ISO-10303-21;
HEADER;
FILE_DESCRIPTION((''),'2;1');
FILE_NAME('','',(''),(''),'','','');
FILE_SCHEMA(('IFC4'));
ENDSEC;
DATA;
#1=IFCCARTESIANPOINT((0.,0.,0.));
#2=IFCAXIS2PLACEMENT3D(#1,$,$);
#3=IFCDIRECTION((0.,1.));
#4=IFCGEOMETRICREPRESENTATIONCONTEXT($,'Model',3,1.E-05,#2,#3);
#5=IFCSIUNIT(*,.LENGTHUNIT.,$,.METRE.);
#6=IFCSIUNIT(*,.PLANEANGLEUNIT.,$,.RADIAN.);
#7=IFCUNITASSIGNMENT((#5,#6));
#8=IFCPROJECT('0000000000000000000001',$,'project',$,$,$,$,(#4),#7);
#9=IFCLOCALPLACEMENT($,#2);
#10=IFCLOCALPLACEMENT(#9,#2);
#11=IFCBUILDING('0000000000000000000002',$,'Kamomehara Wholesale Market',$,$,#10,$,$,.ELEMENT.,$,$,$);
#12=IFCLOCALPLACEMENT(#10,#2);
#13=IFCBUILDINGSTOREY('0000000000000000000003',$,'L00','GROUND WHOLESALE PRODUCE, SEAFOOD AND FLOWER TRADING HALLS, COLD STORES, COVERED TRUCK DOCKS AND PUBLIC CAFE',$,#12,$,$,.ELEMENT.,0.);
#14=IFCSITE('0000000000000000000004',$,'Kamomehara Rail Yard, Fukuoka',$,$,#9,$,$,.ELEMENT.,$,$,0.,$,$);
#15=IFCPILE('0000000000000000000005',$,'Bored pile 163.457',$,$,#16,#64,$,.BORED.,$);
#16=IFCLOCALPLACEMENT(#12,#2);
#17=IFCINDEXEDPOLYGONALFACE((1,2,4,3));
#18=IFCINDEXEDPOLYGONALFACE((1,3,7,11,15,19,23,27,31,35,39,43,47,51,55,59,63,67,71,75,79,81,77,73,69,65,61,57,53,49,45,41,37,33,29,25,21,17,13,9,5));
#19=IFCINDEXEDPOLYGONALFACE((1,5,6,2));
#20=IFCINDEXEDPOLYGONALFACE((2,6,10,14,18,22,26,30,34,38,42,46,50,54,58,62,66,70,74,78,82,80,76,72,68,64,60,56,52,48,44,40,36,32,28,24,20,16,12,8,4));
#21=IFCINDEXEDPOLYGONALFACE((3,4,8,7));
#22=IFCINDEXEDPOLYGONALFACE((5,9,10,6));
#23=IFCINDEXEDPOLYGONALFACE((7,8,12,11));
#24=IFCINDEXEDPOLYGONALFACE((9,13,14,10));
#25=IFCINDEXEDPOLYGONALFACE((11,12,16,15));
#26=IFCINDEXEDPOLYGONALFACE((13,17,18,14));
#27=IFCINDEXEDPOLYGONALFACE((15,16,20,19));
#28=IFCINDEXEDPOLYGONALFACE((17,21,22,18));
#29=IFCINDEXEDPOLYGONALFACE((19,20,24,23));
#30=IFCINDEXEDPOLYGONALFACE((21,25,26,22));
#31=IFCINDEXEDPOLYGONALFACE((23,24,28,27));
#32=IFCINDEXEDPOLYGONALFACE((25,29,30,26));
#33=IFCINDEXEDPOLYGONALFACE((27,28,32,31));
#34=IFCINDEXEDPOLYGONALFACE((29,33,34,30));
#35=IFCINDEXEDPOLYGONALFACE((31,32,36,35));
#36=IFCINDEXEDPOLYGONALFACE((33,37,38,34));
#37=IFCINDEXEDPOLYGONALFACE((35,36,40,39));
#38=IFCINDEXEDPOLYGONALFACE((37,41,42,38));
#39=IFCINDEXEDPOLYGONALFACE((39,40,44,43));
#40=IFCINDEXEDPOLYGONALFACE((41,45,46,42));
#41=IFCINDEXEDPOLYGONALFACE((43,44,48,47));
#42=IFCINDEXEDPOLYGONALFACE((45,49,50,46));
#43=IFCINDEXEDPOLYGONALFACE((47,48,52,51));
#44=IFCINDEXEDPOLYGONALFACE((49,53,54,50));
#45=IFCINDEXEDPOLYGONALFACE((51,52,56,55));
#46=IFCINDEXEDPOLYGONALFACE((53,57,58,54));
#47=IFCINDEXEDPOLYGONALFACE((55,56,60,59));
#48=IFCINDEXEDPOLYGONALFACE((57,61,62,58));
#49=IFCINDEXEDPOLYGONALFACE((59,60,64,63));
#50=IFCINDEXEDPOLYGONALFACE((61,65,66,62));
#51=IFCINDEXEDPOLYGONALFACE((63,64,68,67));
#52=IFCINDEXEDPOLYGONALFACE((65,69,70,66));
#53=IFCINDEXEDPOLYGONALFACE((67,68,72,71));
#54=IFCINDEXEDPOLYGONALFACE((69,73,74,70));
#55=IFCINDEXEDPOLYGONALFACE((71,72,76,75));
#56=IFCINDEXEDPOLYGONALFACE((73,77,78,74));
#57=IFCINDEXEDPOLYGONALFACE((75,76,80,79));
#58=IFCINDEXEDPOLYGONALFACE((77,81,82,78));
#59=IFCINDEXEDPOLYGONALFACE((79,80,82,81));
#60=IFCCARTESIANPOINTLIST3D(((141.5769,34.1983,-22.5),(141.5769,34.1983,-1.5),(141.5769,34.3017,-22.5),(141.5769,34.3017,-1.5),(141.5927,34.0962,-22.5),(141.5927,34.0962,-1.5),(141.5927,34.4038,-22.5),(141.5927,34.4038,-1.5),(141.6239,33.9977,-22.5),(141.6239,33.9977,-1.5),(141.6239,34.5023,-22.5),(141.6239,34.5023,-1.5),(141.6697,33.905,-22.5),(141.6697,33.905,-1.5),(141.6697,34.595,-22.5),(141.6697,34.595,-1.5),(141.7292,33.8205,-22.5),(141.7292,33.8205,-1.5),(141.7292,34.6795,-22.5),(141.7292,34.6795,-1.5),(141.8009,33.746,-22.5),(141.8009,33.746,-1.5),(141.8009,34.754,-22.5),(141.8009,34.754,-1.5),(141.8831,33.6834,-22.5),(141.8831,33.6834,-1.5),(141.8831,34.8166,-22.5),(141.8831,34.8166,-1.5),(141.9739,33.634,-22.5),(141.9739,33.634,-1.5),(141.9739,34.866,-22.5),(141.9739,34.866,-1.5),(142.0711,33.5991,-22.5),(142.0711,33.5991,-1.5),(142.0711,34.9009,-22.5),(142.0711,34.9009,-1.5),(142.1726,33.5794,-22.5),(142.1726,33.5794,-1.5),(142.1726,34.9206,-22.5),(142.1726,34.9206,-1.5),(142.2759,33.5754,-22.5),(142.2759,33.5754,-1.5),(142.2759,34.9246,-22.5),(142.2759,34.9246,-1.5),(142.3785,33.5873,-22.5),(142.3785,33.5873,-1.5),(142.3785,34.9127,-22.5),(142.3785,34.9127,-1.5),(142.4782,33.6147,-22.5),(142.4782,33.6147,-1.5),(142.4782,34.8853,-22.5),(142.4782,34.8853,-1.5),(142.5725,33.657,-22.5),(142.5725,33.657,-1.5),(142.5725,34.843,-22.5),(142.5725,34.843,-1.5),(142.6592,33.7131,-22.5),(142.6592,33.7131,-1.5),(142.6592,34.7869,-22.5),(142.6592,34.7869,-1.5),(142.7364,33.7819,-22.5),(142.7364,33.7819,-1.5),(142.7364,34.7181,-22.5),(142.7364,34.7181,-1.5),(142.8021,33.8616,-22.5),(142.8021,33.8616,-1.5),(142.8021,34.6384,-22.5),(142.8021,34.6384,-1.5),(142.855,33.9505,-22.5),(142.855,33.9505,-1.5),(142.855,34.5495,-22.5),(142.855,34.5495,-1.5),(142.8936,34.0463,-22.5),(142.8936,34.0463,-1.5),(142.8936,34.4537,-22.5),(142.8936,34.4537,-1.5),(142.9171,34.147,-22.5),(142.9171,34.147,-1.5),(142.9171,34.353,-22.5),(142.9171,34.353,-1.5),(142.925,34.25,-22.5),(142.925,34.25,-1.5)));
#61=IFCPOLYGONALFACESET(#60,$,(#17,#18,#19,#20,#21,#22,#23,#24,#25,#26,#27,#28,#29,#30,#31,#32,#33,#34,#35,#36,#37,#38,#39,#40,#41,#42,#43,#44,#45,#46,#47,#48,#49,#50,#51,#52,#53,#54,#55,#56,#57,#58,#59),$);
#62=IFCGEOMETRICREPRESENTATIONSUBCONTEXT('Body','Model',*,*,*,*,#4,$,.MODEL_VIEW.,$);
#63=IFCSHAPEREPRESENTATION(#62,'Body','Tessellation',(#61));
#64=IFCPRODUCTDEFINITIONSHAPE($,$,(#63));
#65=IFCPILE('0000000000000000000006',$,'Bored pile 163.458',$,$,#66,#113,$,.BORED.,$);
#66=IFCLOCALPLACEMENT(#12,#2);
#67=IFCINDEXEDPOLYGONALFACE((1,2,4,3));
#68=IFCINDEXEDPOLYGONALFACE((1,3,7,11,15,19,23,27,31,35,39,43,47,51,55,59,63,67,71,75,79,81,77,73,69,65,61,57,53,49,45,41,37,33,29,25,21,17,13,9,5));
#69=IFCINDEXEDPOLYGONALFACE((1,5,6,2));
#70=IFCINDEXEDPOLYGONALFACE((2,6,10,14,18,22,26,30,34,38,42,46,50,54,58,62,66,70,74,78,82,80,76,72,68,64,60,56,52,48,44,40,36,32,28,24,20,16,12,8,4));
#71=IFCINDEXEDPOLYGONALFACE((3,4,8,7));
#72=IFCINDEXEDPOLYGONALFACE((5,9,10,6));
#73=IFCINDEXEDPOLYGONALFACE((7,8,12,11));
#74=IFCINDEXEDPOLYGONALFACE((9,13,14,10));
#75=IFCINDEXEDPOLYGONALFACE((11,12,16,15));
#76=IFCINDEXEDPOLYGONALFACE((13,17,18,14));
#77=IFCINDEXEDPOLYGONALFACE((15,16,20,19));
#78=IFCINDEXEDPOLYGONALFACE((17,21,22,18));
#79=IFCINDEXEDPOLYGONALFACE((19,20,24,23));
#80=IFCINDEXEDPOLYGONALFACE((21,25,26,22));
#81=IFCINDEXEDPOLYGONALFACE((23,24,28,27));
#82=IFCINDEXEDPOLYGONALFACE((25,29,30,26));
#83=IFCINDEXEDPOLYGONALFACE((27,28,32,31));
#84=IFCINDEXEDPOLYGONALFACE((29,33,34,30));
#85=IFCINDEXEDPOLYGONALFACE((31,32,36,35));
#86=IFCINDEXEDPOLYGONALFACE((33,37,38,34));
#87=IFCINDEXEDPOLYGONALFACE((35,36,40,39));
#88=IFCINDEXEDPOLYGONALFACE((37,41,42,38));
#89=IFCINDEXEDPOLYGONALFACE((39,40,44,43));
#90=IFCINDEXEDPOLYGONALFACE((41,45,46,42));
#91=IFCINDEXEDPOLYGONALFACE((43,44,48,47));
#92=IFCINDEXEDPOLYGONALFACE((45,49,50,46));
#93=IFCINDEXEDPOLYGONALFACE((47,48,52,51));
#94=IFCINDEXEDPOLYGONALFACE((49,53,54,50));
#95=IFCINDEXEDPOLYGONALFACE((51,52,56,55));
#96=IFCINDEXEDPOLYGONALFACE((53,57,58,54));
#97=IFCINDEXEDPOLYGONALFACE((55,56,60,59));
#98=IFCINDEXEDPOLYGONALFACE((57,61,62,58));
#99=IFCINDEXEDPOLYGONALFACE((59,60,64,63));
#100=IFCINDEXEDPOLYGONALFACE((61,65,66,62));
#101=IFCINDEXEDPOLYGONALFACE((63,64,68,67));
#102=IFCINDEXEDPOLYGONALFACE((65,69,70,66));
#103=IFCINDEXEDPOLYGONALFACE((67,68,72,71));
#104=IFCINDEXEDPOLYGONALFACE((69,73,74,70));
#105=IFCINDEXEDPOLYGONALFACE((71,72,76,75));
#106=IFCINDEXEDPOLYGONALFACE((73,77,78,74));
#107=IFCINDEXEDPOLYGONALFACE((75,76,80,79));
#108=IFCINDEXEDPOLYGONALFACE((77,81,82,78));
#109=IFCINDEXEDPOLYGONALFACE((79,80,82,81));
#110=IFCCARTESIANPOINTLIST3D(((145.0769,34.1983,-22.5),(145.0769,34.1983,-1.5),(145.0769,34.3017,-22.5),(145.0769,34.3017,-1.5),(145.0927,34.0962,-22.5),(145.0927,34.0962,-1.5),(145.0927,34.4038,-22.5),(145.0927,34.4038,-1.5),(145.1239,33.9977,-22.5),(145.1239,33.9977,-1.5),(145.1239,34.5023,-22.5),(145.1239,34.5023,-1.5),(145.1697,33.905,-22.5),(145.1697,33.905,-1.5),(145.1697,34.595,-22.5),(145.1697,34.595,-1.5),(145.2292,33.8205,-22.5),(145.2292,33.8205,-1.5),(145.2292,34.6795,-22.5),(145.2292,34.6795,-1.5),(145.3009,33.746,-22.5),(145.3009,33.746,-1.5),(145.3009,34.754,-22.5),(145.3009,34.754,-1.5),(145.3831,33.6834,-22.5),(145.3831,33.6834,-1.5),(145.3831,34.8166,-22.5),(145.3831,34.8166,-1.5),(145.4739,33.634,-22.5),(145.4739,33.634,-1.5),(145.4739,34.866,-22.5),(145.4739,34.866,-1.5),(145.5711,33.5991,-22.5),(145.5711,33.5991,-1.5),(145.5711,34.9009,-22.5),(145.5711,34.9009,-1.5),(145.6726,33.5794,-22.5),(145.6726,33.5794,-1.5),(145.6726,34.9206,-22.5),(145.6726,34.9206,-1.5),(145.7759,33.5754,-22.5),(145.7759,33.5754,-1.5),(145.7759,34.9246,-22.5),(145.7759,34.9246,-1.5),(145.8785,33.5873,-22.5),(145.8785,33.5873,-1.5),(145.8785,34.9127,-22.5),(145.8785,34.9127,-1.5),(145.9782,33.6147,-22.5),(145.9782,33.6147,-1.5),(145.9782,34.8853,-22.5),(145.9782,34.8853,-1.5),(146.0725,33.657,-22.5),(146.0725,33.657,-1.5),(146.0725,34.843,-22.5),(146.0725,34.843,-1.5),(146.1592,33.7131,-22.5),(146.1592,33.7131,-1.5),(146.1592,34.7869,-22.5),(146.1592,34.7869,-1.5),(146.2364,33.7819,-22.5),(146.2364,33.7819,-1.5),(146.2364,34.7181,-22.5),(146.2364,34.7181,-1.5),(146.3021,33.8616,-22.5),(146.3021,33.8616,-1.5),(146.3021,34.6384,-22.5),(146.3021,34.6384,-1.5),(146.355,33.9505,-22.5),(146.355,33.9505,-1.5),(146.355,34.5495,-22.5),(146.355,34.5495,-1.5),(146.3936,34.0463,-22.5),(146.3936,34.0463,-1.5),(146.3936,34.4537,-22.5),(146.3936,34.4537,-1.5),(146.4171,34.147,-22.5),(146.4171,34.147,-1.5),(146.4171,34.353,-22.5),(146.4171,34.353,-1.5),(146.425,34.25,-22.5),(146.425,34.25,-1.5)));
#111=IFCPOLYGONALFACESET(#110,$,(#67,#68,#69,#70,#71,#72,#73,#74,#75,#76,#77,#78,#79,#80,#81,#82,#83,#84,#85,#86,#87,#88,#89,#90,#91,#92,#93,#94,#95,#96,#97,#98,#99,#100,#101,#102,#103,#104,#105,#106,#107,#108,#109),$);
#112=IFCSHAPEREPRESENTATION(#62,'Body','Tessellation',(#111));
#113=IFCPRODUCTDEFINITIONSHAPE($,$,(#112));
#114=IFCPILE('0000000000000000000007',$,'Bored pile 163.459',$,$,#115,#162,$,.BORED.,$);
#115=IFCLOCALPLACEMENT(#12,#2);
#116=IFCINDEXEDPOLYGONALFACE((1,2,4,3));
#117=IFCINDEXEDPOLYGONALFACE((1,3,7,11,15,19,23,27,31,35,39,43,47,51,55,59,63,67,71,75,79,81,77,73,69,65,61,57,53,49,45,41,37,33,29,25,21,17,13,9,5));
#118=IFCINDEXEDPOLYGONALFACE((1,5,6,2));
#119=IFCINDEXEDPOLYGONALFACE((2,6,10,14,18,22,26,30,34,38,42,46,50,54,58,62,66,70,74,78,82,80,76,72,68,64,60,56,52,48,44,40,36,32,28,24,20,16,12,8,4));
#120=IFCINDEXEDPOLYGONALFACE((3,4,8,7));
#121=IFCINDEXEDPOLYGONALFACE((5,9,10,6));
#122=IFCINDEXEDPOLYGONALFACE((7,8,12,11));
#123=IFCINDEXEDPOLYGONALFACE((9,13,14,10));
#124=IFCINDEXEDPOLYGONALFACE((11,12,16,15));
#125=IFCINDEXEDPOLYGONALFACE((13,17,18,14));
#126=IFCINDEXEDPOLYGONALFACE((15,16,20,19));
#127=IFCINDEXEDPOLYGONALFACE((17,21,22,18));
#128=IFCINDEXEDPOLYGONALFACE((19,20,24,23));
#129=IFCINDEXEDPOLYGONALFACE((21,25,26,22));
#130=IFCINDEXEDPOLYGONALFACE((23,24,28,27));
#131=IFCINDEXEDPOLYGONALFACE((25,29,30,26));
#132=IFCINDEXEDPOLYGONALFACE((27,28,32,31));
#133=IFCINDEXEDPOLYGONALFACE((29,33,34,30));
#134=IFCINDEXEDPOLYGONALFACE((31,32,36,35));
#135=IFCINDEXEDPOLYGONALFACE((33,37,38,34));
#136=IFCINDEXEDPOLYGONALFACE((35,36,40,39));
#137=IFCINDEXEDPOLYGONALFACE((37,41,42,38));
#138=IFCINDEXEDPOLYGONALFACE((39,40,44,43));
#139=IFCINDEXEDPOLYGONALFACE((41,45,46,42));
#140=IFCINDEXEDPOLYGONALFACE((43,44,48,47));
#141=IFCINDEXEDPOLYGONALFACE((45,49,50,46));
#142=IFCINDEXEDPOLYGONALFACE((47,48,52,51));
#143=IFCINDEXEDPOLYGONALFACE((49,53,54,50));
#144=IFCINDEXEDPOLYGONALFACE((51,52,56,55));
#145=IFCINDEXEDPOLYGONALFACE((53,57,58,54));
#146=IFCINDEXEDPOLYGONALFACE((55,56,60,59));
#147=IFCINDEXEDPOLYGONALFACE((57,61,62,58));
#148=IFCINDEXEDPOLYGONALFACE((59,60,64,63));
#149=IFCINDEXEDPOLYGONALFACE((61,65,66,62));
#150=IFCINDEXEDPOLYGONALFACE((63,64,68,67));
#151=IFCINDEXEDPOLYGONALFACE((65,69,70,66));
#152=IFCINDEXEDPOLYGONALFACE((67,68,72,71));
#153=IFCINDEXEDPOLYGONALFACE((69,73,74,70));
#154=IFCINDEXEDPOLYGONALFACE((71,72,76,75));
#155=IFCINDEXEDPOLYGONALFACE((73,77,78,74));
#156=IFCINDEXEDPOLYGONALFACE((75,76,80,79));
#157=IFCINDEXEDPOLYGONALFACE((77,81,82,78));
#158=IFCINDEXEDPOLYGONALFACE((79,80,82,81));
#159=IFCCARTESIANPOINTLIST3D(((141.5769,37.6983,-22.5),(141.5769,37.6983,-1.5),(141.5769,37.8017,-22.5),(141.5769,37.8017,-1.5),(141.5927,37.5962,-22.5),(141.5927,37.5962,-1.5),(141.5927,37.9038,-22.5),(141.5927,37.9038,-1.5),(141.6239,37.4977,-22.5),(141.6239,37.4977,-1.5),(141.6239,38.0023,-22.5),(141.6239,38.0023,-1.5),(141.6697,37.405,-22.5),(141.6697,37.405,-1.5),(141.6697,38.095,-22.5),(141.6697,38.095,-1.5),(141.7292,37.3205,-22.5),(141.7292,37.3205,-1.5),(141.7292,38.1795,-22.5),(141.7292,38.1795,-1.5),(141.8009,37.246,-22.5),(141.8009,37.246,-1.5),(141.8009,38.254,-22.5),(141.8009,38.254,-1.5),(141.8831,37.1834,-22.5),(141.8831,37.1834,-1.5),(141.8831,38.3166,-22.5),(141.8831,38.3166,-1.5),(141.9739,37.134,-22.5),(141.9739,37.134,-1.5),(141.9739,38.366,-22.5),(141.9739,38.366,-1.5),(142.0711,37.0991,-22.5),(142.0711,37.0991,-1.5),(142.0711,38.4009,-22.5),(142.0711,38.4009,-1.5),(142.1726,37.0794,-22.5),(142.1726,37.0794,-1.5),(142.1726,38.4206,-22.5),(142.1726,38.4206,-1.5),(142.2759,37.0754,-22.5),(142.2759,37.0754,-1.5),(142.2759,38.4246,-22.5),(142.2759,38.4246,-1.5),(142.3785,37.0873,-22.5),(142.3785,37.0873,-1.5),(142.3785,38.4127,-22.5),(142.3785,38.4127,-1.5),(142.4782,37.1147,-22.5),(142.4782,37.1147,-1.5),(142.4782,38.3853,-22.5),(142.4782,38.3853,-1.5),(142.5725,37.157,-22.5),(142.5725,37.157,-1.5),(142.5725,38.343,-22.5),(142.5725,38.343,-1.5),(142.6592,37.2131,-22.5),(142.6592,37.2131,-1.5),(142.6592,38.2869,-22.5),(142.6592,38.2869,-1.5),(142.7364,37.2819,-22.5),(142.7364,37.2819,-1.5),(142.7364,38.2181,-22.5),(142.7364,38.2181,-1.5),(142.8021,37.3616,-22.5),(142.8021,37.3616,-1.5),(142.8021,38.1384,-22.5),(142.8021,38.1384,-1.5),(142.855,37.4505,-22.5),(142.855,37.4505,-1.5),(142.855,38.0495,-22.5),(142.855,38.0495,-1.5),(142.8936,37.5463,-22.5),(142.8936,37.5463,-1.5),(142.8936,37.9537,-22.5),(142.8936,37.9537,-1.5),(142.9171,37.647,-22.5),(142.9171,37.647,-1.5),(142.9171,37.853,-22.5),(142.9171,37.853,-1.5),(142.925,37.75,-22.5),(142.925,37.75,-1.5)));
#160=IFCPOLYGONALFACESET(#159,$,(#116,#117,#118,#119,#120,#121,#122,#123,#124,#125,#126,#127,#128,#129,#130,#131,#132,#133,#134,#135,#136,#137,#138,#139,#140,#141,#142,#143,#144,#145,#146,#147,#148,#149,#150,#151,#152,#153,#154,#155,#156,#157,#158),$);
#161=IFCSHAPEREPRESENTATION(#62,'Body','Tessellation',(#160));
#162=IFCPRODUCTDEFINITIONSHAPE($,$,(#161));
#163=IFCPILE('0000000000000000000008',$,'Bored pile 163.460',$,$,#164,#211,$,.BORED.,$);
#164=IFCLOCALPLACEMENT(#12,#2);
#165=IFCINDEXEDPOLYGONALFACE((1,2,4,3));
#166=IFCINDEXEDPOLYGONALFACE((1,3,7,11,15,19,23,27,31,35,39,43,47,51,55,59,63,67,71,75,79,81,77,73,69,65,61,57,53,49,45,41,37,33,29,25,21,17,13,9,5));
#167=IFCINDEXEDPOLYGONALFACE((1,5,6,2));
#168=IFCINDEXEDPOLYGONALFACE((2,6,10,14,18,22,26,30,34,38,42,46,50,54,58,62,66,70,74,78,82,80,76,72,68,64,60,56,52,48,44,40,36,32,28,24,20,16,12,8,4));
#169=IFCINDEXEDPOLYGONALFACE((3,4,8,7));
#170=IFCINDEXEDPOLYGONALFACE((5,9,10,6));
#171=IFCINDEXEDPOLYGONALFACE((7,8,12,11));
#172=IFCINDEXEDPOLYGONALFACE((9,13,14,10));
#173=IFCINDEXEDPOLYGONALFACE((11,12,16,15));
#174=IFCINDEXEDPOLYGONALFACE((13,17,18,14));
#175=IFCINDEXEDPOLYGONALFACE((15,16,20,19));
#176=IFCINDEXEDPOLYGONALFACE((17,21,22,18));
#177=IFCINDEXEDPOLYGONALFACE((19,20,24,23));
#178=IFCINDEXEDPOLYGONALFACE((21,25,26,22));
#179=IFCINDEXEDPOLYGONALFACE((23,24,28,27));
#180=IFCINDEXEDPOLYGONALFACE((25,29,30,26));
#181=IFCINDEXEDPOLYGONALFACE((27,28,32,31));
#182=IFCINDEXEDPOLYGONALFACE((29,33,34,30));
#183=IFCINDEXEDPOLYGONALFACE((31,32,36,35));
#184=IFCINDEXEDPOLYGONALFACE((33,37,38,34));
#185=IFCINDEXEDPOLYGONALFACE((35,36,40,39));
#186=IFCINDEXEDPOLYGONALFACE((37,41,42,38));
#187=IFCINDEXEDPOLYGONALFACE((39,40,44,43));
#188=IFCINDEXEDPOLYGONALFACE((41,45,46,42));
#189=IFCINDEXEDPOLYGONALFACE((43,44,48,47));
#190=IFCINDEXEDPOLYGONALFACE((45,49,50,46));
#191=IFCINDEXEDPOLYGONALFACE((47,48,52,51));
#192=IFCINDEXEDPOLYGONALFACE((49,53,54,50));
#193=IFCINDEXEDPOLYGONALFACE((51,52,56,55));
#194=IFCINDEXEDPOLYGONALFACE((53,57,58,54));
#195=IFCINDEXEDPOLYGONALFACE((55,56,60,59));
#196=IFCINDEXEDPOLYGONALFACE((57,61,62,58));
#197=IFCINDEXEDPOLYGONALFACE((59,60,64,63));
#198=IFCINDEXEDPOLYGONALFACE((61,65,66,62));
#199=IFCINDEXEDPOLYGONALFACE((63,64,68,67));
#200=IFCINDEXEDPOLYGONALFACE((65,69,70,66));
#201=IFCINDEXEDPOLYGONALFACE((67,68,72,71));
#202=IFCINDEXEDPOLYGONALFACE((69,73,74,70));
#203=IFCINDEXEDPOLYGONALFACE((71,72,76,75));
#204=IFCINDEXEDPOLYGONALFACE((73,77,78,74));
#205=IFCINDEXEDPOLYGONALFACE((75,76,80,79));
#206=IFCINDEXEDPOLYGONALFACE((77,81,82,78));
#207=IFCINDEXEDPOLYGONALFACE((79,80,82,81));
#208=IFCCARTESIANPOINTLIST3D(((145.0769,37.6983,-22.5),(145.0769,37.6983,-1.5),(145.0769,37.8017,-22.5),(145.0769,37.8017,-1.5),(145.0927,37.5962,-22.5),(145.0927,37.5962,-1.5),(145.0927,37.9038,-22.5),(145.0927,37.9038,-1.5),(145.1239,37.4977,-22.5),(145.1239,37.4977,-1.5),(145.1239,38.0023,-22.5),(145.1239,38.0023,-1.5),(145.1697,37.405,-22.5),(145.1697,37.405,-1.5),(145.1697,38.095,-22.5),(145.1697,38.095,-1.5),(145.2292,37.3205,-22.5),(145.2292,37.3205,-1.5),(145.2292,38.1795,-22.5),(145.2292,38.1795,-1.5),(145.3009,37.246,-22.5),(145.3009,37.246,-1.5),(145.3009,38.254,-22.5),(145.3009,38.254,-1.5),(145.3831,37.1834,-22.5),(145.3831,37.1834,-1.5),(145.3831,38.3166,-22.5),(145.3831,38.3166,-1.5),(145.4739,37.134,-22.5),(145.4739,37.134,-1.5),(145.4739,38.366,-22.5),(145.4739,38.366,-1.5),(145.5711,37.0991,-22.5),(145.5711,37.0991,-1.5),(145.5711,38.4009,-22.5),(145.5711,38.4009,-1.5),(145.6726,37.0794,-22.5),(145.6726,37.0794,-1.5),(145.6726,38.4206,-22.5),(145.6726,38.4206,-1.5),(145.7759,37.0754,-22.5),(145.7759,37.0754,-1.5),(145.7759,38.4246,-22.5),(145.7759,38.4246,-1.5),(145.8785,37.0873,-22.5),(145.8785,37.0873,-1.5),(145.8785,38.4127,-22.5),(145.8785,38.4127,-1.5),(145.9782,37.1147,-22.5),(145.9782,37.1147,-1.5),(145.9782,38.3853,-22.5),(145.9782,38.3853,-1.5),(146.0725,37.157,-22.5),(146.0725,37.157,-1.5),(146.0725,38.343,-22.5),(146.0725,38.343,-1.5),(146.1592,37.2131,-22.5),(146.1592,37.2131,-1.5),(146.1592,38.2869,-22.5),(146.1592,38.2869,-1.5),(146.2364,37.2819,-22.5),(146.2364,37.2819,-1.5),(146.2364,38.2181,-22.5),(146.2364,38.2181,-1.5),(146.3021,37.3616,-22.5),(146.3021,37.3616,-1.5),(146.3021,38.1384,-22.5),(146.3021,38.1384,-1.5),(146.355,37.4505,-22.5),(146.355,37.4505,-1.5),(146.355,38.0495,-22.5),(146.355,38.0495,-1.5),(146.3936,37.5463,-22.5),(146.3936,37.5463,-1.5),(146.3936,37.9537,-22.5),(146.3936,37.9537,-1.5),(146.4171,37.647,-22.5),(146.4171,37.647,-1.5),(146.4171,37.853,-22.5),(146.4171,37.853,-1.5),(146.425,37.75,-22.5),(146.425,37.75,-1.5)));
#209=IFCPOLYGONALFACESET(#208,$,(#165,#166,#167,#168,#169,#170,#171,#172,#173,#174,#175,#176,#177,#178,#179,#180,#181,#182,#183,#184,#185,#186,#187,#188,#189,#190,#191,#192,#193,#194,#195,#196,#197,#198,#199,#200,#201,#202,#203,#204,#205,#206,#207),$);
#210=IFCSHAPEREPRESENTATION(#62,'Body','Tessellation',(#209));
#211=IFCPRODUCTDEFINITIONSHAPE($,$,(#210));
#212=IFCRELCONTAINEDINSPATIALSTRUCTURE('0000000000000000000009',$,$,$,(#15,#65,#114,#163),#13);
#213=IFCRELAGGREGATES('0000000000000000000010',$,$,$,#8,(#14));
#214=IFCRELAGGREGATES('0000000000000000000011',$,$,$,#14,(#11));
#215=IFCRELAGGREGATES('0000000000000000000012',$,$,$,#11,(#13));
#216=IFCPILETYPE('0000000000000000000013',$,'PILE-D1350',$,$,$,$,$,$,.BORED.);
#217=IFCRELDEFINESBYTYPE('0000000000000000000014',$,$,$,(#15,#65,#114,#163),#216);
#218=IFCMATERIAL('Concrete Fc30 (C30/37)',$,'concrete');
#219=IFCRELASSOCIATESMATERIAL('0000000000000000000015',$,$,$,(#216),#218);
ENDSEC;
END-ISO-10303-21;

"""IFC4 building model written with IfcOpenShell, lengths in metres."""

from ifc_helpers import new_model, si_unit, direction, frame, origin, origin_2d, place, context, subcontext, project, spatial, circle, extrude, material, material_profile, profile_set, type_object, element, save


model = new_model("IFC4")

# Units and contexts
model_context = context("Model", 3, precision=1e-05, world=origin(), true_north=direction((0.0, 1.0)))
body_context = subcontext(model_context, "Body", "Model", "MODEL_VIEW")
ifc_project = project(units=[si_unit("LENGTHUNIT", "METRE"), si_unit("PLANEANGLEUNIT", "RADIAN")], contexts=[model_context])

# Site, building, storey
site_placement = place(None, origin())
site = spatial("IfcSite", under=ifc_project, at=site_placement, Name="Kamomehara Rail Yard, Fukuoka", CompositionType="ELEMENT", RefElevation=0.0)
building_placement = place(site_placement, origin())
building = spatial("IfcBuilding", under=site, at=building_placement, Name="Kamomehara Wholesale Market", CompositionType="ELEMENT")
storey_placement = place(building_placement, origin())
storey = spatial("IfcBuildingStorey", under=building, at=storey_placement, Name="L00", Description="GROUND WHOLESALE PRODUCE, SEAFOOD AND FLOWER TRADING HALLS, COLD STORES, COVERED TRUCK DOCKS AND PUBLIC CAFE", CompositionType="ELEMENT", Elevation=0.0)

# Piles
ifc_material_1 = material(Name="Concrete Fc30 (C30/37)", Category="concrete")
ifc_material_profile_1 = material_profile(ifc_material_1, circle(Radius=0.675, at=origin_2d()), Name="RC-PILE-D1350")
ifc_profile_set_1 = profile_set([ifc_material_profile_1], Name="Concrete Fc30 (C30/37)")
pile_type_1 = type_object("IfcPileType", Name="PILE-D1350", PredefinedType="BORED", material=ifc_profile_set_1)
for number, where, z_axis, x_axis, name in (
    (1, (142.25, 34.25, -1.5), (0.0, 0.0, -1.0), (1.0, 0.0, 0.0), "Bored pile 163.457"),
    (2, (145.75, 34.25, -1.5), (0.0, 0.0, -1.0), (1.0, 0.0, 0.0), "Bored pile 163.458"),
    (3, (142.25, 37.75, -1.5), (0.0, 0.0, -1.0), (1.0, 0.0, 0.0), "Bored pile 163.459"),
    (4, (145.75, 37.75, -1.5), (0.0, 0.0, -1.0), (1.0, 0.0, 0.0), "Bored pile 163.460"),
):
    element("IfcPile", number, at=place(storey_placement, frame(where, z_axis=z_axis, x_axis=x_axis)), inside=storey, type_object=pile_type_1, Name=name, PredefinedType="BORED", context=body_context, shape_type="SweptSolid", body=[
        extrude(circle(Radius=0.675, at=origin_2d()), origin(), (0.0, 0.0, 1.0), 21.0),
    ])

save(model, "model.ifc")
